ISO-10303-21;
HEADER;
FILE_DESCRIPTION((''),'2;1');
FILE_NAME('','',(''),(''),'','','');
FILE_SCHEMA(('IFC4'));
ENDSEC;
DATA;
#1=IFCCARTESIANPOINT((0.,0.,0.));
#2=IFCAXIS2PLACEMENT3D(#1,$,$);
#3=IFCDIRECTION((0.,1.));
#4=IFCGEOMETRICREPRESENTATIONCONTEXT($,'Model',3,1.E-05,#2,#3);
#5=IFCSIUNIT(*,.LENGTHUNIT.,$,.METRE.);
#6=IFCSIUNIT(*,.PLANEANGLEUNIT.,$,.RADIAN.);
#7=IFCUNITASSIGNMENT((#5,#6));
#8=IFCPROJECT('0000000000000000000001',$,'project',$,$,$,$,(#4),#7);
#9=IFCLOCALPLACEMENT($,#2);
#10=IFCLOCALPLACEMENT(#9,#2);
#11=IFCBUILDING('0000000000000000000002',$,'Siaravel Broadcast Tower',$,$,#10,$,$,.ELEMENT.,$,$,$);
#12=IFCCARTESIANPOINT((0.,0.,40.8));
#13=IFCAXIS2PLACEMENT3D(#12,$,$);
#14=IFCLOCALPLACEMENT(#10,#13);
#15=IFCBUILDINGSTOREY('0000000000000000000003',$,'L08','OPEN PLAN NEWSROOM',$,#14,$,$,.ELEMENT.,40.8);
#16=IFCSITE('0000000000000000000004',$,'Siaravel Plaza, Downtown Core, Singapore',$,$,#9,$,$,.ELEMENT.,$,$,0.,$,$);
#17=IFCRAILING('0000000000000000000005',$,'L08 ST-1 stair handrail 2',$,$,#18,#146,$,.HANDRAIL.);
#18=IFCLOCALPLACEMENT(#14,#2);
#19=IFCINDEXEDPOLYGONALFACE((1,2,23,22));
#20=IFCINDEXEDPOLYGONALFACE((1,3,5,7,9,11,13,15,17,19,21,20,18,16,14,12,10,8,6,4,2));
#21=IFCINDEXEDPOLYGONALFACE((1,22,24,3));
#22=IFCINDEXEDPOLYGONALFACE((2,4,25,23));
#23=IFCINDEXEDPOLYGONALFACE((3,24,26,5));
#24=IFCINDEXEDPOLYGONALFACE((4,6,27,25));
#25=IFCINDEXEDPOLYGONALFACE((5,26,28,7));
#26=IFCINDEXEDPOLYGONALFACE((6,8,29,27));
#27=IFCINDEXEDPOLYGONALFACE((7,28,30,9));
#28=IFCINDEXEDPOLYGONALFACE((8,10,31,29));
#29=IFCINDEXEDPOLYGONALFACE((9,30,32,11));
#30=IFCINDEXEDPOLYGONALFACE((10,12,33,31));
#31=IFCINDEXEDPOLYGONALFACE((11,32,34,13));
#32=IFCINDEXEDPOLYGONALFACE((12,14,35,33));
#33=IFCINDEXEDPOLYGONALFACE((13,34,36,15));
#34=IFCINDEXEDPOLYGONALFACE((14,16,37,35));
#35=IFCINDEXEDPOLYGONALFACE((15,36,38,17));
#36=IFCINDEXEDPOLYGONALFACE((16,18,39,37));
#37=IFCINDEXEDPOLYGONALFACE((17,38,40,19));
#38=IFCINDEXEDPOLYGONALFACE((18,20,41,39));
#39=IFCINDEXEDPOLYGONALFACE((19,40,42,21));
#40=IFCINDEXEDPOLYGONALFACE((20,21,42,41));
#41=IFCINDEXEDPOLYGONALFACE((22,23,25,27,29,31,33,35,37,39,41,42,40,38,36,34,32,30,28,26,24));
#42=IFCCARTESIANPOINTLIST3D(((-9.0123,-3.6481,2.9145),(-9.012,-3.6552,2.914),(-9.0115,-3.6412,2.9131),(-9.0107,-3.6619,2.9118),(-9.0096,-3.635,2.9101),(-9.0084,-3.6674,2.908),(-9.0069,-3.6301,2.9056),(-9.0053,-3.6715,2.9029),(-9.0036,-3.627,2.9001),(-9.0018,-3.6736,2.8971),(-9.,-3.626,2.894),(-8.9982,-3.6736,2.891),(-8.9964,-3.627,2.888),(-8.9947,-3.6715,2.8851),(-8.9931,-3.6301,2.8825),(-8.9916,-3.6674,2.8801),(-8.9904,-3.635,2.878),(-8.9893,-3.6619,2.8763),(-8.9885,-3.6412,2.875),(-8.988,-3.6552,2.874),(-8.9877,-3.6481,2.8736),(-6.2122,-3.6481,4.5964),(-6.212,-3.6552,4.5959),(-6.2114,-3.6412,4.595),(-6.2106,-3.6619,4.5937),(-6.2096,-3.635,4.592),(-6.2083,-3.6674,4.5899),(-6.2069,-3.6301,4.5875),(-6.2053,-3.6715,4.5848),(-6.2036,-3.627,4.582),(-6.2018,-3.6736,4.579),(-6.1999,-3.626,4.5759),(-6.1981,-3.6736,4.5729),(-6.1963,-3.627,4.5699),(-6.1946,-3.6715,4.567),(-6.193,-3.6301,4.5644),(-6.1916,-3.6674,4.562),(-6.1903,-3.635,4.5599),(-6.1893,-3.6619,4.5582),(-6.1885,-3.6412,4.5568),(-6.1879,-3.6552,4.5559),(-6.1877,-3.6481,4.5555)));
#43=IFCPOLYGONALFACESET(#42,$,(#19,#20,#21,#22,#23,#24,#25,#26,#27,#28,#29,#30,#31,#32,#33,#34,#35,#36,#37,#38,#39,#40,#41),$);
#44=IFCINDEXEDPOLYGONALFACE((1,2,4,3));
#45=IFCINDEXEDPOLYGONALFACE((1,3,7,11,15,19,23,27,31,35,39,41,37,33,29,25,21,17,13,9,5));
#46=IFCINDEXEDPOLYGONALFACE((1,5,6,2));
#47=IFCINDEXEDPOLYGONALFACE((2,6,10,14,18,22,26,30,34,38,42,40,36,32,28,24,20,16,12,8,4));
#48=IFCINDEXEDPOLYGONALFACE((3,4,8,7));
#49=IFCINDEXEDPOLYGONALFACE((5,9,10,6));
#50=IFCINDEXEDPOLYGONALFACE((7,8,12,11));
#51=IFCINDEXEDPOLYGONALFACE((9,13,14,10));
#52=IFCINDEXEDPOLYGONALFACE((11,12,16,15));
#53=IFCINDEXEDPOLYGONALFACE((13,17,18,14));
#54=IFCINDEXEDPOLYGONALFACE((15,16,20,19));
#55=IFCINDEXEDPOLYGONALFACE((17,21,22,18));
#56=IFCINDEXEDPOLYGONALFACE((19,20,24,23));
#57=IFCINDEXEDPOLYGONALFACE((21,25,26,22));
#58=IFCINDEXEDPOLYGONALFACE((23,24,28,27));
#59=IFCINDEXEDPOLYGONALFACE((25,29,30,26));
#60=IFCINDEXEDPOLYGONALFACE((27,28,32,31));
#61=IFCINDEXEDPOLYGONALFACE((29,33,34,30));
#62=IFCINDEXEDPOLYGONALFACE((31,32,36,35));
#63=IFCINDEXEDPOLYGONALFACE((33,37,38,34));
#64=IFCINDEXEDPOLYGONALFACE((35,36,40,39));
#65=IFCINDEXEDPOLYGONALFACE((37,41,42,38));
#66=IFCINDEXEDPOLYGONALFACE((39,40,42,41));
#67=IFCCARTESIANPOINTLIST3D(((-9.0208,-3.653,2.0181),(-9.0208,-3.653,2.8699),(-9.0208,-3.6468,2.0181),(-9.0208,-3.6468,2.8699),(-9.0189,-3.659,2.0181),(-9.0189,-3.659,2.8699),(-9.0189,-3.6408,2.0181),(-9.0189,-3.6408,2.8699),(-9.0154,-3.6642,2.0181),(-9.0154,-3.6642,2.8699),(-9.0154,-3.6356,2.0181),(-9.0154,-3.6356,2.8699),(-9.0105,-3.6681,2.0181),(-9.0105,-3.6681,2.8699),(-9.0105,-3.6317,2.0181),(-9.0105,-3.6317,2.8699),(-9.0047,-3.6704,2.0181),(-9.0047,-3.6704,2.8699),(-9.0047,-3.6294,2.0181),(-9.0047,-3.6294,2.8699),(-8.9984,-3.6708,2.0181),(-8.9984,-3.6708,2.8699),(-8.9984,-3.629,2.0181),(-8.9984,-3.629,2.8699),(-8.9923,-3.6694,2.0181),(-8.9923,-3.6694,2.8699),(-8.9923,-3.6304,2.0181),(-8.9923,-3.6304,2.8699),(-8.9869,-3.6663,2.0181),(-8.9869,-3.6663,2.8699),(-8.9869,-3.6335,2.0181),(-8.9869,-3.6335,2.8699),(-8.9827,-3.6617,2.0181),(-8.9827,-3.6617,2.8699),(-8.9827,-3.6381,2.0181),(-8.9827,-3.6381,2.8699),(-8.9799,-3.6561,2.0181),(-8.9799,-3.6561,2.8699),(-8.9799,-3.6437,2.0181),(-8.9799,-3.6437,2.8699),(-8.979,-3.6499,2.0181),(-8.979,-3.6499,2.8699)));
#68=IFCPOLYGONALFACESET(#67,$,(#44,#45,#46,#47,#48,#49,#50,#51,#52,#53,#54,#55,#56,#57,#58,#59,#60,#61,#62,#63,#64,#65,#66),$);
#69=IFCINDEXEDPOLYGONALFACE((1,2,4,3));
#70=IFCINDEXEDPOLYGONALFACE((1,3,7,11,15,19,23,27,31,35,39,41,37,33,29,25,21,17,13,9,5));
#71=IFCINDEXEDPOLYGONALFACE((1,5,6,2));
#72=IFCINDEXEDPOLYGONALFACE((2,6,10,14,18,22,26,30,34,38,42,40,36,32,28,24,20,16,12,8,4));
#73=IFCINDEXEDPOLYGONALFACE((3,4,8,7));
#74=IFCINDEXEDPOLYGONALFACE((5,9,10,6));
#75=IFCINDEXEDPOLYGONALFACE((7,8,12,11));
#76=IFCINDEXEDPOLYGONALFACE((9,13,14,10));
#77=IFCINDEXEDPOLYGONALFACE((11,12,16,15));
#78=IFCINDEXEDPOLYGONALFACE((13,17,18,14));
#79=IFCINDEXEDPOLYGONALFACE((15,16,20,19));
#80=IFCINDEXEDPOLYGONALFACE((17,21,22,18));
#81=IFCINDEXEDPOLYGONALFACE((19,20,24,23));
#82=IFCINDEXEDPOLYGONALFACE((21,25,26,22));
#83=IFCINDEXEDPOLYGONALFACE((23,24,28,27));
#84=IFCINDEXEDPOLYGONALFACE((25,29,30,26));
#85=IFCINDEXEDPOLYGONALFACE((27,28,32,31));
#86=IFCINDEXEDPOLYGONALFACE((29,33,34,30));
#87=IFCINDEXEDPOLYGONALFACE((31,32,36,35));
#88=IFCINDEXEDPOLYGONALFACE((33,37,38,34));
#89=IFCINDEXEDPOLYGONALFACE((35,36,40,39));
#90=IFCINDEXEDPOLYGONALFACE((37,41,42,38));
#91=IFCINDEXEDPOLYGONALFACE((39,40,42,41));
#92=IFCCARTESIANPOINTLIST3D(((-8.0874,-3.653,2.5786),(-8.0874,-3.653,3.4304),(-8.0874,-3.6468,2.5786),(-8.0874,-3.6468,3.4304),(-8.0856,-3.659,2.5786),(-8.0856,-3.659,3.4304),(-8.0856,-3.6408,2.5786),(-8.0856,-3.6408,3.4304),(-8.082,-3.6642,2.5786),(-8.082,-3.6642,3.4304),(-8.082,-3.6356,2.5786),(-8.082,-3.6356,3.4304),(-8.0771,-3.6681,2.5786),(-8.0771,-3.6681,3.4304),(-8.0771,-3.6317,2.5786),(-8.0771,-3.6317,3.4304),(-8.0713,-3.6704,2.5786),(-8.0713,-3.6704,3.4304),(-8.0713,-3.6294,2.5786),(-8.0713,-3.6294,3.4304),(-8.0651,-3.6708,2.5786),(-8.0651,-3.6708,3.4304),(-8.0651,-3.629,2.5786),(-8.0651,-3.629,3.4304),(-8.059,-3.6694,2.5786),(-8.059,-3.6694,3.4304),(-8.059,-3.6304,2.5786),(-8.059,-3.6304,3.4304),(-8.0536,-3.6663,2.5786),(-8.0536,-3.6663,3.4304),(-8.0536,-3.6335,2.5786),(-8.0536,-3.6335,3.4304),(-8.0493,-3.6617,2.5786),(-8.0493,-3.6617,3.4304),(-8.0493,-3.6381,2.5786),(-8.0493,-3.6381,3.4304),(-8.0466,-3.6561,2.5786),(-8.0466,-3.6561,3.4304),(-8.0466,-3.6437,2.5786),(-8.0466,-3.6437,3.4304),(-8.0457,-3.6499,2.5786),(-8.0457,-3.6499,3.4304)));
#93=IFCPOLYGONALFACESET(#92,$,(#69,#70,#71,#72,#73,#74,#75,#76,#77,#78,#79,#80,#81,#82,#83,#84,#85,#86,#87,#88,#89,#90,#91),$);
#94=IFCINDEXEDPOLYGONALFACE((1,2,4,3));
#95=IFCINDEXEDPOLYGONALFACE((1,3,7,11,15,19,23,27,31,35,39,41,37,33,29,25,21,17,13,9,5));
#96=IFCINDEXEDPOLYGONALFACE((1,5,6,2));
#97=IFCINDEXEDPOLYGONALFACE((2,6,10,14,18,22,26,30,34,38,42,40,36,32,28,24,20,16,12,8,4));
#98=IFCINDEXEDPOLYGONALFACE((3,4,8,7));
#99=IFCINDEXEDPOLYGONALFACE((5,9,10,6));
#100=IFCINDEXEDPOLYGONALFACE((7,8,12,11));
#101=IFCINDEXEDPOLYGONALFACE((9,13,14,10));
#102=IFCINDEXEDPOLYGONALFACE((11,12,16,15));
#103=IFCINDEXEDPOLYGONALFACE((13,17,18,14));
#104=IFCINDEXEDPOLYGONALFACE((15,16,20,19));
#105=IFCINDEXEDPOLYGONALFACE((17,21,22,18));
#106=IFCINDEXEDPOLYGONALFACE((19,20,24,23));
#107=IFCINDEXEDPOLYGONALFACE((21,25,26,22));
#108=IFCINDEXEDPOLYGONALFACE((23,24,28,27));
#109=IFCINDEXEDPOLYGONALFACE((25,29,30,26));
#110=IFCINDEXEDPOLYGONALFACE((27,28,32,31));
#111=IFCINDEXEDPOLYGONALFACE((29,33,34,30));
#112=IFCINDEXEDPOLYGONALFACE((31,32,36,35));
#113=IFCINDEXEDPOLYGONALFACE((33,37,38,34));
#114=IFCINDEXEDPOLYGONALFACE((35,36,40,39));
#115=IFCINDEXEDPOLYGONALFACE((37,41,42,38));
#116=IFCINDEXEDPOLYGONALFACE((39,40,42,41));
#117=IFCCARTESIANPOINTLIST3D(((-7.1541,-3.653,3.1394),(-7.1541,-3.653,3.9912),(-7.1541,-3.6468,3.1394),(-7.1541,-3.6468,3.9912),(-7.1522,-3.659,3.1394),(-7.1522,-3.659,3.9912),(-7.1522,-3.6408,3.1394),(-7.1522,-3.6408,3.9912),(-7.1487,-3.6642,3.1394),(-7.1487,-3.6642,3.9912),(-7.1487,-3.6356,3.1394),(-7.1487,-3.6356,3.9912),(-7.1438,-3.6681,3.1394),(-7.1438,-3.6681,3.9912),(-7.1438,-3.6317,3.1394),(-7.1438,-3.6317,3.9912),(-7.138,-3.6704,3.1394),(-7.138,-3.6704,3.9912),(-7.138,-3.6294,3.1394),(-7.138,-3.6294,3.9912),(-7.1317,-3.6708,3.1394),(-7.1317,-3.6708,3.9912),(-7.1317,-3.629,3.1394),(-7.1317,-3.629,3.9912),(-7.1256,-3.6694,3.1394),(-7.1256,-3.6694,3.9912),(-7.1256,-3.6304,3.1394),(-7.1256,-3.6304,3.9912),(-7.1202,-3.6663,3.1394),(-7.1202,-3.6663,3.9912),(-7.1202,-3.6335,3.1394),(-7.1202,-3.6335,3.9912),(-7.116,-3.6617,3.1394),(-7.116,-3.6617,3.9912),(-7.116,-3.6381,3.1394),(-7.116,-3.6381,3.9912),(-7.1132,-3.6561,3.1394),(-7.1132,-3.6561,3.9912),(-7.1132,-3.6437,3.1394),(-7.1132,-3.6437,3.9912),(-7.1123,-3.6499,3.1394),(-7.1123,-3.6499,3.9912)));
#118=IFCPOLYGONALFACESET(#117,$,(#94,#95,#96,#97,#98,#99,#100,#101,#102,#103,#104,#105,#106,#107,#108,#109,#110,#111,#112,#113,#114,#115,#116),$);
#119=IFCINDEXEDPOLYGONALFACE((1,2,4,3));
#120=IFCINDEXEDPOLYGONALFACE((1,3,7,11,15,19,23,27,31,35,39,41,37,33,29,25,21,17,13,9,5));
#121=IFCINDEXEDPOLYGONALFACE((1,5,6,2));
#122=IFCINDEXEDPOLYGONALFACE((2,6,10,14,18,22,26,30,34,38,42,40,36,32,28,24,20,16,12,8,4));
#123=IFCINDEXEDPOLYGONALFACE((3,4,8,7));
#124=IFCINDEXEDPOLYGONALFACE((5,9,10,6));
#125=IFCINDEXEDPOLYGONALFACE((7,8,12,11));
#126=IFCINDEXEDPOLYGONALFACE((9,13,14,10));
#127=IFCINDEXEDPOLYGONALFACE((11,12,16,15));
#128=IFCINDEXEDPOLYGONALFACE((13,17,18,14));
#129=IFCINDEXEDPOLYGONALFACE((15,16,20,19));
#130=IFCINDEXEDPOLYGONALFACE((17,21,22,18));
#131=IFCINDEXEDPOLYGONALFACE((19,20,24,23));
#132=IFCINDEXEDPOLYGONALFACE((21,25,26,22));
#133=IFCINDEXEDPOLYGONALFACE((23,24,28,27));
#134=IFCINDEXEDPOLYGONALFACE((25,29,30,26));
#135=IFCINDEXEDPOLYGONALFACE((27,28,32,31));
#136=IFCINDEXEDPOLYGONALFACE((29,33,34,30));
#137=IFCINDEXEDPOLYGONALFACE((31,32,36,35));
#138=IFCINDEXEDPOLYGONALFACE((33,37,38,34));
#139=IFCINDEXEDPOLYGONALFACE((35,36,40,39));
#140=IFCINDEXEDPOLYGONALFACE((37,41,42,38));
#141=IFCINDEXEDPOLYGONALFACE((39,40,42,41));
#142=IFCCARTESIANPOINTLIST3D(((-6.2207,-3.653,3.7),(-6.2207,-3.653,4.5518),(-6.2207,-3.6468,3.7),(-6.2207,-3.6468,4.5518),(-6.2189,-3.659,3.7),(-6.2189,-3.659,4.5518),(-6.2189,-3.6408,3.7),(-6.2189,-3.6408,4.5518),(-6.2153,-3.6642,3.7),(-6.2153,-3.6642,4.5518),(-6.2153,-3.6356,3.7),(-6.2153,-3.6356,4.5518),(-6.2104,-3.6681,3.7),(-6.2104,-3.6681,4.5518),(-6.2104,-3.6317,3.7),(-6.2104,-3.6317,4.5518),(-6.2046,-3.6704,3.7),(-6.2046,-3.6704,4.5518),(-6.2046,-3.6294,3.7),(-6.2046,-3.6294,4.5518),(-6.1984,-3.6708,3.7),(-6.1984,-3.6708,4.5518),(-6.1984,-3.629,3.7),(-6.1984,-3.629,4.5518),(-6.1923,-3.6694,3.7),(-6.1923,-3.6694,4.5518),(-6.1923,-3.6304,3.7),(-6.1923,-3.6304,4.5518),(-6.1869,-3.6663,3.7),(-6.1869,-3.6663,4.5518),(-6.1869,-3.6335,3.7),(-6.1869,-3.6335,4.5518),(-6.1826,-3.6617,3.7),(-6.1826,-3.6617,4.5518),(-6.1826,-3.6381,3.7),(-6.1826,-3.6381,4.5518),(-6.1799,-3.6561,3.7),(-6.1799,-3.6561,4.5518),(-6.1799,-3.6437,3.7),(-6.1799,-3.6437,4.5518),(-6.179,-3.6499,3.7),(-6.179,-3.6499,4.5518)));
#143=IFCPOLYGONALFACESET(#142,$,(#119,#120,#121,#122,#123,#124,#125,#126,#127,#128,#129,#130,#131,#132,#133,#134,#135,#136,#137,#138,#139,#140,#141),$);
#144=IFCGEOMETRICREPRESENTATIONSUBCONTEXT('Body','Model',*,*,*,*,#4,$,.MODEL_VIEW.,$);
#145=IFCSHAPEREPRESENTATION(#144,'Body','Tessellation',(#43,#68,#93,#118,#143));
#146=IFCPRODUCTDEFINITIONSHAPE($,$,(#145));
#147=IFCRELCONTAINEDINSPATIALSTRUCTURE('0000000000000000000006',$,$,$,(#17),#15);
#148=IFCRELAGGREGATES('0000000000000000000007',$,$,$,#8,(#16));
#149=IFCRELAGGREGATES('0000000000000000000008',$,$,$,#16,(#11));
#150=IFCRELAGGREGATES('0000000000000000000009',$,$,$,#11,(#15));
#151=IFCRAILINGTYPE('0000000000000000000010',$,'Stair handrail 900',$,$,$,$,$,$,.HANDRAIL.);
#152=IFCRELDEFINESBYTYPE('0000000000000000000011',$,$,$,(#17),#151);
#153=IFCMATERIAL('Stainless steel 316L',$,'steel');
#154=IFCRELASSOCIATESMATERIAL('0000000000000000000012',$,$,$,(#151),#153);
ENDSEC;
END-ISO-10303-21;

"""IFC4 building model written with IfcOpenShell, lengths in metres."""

from ifc_helpers import new_model, si_unit, direction, frame, origin, origin_2d, place, context, subcontext, project, spatial, circle, extrude, material, type_object, element, save


model = new_model("IFC4")

# Units and contexts
model_context = context("Model", 3, precision=1e-05, world=origin(), true_north=direction((0.0, 1.0)))
body_context = subcontext(model_context, "Body", "Model", "MODEL_VIEW")
ifc_project = project(units=[si_unit("LENGTHUNIT", "METRE"), si_unit("PLANEANGLEUNIT", "RADIAN")], contexts=[model_context])

# Site, building, storey
site_placement = place(None, origin())
site = spatial("IfcSite", under=ifc_project, at=site_placement, Name="Siaravel Plaza, Downtown Core, Singapore", CompositionType="ELEMENT", RefElevation=0.0)
building_placement = place(site_placement, origin())
building = spatial("IfcBuilding", under=site, at=building_placement, Name="Siaravel Broadcast Tower", CompositionType="ELEMENT")
storey_placement = place(building_placement, frame((0.0, 0.0, 40.8)))
storey = spatial("IfcBuildingStorey", under=building, at=storey_placement, Name="L08", Description="OPEN PLAN NEWSROOM", CompositionType="ELEMENT", Elevation=40.8)

# Railing
ifc_material_1 = material(Name="Stainless steel 316L", Category="steel")
railing_type_1 = type_object("IfcRailingType", Name="Stair handrail 900", PredefinedType="HANDRAIL", material=ifc_material_1)
railing_1_placement = place(storey_placement, frame((-9.0, -3.6499, 2.0181)))
element("IfcRailing", 1, at=railing_1_placement, inside=storey, type_object=railing_type_1, Name="L08 ST-1 stair handrail 2", PredefinedType="HANDRAIL", context=body_context, shape_type="SweptSolid", body=[
    extrude(circle(Radius=0.0239, at=origin_2d()), frame((0.0, 0.0, 0.876), z_axis=(0.857242, 0.0, 0.514913), x_axis=(0.0, 1.0, 0.0)), (0.0, 0.0, 1.0), 3.2664),
    extrude(circle(Radius=0.021, at=origin_2d()), origin(), (0.0, 0.0, 1.0), 0.8518),
    extrude(circle(Radius=0.021, at=origin_2d()), frame((0.9333, 0.0, 0.5605)), (0.0, 0.0, 1.0), 0.8518),
    extrude(circle(Radius=0.021, at=origin_2d()), frame((1.8667, 0.0, 1.1213)), (0.0, 0.0, 1.0), 0.8518),
    extrude(circle(Radius=0.021, at=origin_2d()), frame((2.8, 0.0, 1.6819)), (0.0, 0.0, 1.0), 0.8518),
])

save(model, "model.ifc")
